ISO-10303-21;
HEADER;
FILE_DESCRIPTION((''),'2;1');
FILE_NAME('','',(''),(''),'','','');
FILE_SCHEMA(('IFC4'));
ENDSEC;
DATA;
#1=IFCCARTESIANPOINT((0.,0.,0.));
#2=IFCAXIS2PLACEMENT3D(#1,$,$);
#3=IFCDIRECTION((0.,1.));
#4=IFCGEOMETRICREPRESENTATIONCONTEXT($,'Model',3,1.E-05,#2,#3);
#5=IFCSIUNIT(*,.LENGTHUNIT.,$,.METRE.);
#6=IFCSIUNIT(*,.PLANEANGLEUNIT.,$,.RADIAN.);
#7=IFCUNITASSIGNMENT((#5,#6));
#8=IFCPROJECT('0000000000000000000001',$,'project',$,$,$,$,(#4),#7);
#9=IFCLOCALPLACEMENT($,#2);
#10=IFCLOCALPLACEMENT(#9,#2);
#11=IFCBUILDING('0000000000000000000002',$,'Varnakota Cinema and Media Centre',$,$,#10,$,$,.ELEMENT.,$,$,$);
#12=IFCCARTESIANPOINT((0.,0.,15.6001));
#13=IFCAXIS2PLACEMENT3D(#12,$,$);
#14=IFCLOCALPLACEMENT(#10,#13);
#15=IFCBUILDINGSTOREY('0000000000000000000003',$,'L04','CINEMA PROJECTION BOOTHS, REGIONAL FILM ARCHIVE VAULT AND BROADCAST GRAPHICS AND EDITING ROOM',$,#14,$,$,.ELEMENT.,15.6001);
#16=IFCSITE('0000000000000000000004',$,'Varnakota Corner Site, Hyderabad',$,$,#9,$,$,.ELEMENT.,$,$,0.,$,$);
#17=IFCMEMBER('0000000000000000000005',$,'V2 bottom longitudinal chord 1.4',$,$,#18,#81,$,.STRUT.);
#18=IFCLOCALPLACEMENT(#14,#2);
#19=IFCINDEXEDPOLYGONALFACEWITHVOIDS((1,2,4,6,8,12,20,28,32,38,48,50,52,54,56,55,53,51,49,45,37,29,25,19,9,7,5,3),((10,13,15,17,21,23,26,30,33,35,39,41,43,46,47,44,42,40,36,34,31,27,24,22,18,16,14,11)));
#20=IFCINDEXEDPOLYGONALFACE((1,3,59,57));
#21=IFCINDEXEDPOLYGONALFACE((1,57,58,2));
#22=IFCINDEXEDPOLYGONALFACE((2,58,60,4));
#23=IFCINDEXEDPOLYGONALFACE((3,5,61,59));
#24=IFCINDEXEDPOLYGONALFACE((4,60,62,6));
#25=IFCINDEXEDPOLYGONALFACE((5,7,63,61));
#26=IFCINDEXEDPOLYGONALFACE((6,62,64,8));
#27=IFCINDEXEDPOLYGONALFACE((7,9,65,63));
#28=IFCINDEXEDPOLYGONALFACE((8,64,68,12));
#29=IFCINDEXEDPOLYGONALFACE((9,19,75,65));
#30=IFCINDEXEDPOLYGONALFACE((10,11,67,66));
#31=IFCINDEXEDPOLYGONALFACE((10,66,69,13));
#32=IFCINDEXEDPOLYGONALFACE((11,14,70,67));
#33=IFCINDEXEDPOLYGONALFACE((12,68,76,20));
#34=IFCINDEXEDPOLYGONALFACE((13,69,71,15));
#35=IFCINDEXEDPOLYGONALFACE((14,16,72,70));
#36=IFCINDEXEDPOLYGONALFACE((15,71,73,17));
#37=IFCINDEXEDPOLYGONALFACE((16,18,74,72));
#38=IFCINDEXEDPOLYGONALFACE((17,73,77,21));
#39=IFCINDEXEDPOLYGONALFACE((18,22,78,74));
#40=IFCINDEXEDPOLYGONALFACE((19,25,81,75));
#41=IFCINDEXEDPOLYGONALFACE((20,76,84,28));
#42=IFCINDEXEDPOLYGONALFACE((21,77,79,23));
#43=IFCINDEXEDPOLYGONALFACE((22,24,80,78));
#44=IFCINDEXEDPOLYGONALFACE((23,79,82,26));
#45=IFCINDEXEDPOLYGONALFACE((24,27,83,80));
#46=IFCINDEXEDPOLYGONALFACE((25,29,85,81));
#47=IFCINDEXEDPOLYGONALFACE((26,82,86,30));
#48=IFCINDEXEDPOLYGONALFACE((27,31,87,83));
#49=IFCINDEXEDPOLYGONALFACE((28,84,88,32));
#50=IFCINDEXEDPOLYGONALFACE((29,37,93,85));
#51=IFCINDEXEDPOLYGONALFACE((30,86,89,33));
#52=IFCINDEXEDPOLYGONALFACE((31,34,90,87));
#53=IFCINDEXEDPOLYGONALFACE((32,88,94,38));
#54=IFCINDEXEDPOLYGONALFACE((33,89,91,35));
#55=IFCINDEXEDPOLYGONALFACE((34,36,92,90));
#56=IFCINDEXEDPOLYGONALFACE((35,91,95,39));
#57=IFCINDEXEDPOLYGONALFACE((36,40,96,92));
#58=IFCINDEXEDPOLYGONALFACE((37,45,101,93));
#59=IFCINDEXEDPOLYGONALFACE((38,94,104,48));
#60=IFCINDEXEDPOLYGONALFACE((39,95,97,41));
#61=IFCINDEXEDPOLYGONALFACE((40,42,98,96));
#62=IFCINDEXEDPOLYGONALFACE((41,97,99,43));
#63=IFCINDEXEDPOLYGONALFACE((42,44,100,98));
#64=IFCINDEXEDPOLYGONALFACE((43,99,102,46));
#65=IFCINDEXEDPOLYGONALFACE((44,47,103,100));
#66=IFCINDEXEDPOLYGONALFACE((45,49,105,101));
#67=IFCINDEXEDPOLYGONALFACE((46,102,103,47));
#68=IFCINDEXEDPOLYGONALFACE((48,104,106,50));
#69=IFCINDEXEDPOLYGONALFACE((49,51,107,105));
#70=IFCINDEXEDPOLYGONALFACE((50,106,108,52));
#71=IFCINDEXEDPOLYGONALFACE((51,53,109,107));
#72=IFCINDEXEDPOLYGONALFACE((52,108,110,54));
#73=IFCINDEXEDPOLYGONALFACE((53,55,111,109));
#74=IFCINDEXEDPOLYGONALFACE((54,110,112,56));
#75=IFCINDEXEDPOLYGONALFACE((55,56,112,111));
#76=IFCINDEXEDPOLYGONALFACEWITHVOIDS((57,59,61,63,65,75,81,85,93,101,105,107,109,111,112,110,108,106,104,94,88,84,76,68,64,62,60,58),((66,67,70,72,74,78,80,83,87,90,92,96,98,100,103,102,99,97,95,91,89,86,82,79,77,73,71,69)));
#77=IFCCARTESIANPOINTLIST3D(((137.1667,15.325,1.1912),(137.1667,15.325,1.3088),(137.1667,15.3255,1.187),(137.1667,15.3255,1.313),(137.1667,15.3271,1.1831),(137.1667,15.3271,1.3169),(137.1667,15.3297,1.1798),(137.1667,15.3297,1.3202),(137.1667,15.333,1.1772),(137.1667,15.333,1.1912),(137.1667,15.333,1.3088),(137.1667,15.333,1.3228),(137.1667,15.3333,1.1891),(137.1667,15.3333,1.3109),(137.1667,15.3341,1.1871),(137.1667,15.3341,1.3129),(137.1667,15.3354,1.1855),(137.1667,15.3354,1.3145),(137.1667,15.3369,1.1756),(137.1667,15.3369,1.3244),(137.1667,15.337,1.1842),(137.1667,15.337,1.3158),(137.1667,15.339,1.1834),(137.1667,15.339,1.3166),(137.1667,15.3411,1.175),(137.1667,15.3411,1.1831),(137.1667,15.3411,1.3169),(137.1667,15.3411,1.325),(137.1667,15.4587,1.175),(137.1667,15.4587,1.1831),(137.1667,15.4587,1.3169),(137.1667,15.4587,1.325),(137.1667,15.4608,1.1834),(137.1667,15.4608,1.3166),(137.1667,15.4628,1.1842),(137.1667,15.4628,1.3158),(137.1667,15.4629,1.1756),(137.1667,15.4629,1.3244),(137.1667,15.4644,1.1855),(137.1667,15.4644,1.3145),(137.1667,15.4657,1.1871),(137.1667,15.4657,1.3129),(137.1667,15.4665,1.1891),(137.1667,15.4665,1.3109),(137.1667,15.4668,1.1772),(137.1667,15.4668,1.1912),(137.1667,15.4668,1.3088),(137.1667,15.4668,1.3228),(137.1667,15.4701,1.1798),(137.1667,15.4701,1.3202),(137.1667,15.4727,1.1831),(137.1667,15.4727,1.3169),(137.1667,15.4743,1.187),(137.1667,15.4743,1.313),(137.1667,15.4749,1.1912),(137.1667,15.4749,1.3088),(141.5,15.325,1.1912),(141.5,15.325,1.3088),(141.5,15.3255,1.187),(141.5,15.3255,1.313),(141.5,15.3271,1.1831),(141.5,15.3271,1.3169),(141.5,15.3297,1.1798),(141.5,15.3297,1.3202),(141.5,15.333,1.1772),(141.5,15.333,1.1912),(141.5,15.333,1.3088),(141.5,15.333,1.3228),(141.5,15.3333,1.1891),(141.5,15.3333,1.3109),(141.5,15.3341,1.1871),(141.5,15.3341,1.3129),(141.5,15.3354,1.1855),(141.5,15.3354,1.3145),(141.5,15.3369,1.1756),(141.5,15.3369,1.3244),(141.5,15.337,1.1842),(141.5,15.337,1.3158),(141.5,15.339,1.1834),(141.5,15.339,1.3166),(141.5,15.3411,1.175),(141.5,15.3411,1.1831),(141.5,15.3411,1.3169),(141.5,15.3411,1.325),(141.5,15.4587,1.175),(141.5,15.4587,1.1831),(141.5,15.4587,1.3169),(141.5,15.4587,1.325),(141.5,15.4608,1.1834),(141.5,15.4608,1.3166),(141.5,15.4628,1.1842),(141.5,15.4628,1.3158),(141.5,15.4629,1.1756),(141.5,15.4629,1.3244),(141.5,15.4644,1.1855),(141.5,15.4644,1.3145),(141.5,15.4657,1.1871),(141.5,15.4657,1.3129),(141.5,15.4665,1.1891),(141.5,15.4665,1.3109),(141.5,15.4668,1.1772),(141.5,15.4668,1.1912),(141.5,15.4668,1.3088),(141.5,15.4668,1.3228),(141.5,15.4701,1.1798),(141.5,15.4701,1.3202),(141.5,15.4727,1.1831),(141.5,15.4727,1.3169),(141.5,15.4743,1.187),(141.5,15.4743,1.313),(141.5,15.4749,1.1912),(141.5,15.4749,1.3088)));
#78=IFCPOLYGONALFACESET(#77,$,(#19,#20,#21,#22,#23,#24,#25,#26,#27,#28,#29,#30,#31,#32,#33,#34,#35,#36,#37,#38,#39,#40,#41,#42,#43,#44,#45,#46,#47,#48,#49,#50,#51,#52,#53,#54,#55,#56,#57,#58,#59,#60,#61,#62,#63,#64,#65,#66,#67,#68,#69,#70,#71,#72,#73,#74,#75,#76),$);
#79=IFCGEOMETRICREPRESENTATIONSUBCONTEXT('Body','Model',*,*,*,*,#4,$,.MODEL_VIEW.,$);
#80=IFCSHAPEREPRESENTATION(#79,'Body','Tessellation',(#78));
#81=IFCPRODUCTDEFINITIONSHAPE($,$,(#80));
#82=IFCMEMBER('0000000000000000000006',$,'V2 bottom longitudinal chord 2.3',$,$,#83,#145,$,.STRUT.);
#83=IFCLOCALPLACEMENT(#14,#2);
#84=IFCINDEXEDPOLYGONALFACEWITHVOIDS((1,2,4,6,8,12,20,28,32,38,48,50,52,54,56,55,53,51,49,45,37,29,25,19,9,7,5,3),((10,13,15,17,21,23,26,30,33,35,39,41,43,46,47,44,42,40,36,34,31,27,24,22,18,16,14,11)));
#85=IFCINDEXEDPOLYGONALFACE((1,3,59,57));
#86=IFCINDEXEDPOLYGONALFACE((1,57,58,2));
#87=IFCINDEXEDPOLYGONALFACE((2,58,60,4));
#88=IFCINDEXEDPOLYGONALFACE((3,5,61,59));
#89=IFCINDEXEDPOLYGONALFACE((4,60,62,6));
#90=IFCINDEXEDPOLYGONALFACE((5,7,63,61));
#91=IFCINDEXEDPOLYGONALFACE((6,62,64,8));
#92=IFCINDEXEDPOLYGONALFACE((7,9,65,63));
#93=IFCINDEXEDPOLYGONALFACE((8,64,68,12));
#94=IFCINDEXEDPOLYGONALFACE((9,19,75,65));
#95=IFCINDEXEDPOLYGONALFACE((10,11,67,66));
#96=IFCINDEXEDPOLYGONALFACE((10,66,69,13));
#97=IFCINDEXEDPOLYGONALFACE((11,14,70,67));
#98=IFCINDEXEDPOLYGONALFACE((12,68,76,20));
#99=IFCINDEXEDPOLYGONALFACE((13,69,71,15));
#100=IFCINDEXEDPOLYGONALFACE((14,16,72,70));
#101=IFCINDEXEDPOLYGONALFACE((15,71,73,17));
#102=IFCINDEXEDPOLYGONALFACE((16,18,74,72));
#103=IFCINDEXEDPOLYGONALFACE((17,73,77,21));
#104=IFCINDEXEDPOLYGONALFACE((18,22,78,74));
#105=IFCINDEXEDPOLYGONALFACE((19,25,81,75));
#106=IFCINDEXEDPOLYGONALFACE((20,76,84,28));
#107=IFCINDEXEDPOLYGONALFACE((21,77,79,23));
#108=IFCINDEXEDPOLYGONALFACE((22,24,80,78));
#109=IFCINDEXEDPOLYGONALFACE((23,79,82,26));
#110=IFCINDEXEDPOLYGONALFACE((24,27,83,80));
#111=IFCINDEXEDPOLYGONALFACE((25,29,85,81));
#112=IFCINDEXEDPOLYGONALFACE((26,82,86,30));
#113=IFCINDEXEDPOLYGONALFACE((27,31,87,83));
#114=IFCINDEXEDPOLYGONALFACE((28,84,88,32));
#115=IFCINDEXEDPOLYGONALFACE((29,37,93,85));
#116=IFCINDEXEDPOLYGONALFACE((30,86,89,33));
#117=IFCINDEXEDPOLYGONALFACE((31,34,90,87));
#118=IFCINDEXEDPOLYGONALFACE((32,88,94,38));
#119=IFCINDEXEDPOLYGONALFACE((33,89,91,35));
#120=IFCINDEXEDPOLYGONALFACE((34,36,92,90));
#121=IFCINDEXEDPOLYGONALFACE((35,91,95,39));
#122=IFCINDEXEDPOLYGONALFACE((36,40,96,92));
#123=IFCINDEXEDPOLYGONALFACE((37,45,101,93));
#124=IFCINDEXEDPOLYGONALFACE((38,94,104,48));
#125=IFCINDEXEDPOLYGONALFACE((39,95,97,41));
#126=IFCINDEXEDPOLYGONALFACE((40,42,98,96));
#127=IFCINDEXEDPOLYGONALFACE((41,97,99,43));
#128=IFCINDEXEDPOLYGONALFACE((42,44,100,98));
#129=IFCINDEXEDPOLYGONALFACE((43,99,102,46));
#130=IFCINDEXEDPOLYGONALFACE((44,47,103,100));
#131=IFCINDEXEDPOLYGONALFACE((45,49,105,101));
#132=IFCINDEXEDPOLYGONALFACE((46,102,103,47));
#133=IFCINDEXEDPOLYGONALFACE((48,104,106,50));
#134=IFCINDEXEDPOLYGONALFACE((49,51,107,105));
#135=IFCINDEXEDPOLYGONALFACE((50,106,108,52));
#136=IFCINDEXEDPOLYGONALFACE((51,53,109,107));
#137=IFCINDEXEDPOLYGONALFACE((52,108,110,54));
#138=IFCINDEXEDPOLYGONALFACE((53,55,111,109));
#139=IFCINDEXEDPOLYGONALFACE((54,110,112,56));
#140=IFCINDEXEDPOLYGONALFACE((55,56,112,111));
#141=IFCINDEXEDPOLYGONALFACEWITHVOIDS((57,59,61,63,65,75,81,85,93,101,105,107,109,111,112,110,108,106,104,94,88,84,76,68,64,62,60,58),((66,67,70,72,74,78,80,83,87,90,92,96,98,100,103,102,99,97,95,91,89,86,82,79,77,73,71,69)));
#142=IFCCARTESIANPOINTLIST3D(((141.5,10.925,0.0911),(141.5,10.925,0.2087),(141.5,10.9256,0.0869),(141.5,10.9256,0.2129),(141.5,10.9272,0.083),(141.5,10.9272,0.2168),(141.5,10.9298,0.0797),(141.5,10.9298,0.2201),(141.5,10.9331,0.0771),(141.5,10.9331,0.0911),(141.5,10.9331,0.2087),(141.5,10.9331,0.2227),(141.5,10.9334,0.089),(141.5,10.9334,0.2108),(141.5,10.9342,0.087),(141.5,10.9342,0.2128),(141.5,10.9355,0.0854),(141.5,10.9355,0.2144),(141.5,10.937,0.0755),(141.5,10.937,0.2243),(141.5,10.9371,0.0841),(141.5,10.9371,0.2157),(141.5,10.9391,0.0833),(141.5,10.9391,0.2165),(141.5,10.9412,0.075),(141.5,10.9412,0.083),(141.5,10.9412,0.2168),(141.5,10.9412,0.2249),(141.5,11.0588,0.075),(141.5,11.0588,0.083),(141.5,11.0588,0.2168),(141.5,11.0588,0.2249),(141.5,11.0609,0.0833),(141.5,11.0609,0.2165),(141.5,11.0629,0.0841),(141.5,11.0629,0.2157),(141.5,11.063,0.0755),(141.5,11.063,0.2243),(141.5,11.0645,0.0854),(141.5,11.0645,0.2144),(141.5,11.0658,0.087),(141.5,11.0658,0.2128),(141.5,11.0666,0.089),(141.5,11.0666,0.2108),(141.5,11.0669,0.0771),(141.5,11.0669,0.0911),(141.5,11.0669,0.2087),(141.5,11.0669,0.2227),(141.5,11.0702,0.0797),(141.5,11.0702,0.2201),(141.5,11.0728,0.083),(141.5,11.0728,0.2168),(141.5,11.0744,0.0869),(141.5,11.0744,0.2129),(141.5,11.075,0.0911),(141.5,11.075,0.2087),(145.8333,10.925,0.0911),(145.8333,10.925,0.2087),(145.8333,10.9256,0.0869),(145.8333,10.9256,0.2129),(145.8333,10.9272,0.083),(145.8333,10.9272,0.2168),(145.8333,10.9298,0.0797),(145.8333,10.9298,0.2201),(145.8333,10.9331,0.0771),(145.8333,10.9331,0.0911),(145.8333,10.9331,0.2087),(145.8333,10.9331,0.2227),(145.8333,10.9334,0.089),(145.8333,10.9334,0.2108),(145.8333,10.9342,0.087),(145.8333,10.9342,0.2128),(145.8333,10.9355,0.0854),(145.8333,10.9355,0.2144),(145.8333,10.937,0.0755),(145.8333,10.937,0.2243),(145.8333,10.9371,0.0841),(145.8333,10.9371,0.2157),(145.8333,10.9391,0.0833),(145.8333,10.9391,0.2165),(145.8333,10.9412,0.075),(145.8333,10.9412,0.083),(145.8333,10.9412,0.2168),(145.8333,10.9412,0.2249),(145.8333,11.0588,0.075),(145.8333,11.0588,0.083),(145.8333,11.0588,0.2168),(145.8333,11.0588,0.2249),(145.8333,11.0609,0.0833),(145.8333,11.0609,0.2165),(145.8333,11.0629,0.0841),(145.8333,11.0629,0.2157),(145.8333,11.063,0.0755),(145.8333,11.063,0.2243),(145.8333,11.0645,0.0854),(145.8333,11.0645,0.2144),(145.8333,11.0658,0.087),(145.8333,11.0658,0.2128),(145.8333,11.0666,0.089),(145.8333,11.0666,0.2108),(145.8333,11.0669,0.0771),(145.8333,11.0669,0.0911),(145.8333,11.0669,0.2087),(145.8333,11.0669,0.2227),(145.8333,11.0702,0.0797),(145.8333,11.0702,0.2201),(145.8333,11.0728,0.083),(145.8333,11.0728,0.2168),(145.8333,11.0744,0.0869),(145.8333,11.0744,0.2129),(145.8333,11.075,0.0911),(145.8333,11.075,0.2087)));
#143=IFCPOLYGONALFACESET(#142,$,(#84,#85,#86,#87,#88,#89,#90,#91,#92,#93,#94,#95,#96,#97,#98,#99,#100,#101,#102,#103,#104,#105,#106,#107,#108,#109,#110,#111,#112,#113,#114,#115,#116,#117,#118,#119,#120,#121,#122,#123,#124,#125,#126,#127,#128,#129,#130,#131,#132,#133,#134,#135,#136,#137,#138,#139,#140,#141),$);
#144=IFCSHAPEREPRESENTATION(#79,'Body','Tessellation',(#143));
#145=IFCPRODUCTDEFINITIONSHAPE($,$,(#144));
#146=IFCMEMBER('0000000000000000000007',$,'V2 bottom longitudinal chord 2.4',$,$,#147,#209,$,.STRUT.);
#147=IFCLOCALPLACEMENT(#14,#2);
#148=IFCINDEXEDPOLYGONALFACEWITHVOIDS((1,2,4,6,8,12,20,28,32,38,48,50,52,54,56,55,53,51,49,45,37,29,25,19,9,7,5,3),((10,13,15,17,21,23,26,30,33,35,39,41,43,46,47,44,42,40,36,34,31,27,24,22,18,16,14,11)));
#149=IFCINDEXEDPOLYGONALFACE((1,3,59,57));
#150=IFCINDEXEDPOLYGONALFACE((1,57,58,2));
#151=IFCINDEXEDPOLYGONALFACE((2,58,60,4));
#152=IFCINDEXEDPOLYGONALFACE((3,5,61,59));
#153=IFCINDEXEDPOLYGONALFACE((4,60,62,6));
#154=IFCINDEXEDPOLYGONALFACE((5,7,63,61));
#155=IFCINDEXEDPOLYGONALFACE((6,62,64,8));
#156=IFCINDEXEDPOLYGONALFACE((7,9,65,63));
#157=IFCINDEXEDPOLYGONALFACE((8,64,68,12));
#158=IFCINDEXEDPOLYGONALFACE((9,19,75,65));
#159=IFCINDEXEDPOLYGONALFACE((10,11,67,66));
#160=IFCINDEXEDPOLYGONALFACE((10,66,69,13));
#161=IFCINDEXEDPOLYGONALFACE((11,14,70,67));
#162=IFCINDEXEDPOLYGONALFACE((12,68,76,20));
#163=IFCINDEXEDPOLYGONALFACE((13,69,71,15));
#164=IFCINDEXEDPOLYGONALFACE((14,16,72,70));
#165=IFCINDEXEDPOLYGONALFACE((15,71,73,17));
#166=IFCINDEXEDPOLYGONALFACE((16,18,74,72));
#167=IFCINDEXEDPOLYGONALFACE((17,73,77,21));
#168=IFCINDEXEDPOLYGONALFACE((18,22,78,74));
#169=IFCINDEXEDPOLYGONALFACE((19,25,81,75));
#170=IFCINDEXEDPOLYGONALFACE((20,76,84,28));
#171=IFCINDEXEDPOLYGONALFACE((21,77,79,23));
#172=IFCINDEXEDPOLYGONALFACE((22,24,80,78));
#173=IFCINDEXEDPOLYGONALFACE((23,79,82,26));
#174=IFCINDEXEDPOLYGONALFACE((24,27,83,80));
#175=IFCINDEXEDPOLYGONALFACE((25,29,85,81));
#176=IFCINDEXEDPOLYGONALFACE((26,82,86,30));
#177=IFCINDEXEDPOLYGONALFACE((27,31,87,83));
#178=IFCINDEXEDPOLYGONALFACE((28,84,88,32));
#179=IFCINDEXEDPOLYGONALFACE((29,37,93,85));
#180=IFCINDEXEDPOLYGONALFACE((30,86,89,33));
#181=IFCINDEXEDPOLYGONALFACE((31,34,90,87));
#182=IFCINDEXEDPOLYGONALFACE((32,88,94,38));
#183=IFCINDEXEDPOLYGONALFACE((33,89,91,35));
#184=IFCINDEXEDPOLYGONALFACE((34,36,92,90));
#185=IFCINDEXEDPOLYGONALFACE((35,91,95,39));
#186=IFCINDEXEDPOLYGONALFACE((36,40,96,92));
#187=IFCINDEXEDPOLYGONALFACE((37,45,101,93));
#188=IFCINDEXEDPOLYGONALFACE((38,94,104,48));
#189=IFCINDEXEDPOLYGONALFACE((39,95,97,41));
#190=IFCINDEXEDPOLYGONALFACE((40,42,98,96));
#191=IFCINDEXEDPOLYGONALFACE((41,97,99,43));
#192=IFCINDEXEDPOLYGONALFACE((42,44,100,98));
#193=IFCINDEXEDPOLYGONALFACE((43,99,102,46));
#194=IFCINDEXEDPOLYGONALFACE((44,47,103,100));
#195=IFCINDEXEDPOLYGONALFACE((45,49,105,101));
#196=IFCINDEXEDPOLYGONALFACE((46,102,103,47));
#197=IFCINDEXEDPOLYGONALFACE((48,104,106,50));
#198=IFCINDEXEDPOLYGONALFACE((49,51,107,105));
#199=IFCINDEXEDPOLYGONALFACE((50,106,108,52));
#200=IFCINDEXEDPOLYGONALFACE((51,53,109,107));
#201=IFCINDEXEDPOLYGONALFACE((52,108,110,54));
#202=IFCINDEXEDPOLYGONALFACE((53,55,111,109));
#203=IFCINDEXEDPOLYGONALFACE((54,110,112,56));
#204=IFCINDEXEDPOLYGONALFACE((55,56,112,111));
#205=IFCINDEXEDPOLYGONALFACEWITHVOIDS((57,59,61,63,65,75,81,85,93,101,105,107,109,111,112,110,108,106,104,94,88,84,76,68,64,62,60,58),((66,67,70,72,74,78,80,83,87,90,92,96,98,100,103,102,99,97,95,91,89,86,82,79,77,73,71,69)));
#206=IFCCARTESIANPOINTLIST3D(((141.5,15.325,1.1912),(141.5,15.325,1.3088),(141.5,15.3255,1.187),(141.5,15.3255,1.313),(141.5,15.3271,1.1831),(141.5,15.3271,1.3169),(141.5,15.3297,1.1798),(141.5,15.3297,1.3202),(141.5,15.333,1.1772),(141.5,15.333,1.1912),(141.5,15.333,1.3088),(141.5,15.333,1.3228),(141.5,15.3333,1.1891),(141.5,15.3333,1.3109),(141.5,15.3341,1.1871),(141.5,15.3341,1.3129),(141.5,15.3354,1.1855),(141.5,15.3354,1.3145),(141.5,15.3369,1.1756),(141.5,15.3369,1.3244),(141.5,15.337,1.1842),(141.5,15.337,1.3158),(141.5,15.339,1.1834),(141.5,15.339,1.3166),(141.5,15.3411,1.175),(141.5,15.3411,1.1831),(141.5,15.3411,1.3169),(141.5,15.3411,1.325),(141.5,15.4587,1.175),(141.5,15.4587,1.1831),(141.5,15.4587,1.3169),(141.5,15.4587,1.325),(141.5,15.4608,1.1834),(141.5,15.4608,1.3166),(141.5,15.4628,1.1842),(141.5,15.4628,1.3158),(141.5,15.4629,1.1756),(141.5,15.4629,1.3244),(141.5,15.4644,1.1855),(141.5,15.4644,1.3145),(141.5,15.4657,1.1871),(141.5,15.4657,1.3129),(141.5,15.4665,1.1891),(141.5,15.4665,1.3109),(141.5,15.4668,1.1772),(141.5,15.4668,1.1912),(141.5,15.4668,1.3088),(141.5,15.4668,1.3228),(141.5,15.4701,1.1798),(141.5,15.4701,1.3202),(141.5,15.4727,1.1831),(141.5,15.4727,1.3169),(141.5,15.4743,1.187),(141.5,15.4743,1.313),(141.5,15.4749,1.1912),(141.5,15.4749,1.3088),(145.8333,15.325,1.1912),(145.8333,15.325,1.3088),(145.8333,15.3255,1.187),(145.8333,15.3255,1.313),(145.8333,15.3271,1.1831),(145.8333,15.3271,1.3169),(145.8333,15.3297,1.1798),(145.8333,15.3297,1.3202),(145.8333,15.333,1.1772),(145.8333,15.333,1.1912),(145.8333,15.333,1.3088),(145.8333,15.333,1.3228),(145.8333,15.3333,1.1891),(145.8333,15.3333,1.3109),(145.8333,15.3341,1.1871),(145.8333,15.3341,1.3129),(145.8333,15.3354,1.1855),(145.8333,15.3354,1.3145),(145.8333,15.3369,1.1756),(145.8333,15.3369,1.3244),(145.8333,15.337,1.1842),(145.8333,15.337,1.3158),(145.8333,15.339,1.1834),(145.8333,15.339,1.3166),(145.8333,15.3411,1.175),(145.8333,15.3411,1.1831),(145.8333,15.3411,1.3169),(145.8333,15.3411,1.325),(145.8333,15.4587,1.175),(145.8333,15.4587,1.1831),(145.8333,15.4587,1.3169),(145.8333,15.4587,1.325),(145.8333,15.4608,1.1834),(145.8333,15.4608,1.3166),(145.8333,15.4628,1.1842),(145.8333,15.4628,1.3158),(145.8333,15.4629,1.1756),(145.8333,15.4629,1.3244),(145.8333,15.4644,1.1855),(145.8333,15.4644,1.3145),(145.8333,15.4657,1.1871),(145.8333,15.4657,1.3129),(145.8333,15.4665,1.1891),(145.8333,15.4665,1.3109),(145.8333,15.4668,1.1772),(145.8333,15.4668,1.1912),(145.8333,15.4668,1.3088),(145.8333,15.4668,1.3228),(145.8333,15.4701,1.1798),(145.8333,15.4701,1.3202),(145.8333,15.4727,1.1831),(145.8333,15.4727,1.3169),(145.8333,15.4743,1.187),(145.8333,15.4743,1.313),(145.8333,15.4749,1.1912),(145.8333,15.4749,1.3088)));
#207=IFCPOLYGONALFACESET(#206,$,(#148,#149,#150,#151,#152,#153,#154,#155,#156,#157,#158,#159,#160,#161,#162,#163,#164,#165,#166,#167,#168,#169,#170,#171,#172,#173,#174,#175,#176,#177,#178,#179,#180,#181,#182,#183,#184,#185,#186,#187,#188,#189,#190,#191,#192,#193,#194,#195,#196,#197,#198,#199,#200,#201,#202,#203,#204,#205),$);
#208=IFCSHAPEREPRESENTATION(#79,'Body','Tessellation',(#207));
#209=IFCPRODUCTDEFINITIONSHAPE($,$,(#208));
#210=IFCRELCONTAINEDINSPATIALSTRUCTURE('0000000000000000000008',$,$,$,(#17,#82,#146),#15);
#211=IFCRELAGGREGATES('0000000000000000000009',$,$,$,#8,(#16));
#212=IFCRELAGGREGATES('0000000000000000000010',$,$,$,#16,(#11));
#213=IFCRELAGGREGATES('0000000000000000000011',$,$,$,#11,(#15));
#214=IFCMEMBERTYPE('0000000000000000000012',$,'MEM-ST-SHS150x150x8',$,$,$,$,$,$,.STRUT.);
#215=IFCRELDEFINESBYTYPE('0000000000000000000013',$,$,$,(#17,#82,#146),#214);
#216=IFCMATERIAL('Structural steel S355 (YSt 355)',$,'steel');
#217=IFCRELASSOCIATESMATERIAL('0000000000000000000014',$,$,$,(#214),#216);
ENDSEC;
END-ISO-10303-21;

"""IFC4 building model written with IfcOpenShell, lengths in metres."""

from ifc_helpers import new_model, si_unit, direction, frame, origin, origin_2d, place, context, subcontext, project, spatial, hollow_rectangle, extrude, material, material_profile, profile_set, type_object, element, save


model = new_model("IFC4")

# Units and contexts
model_context = context("Model", 3, precision=1e-05, world=origin(), true_north=direction((0.0, 1.0)))
body_context = subcontext(model_context, "Body", "Model", "MODEL_VIEW")
ifc_project = project(units=[si_unit("LENGTHUNIT", "METRE"), si_unit("PLANEANGLEUNIT", "RADIAN")], contexts=[model_context])

# Site, building, storey
site_placement = place(None, origin())
site = spatial("IfcSite", under=ifc_project, at=site_placement, Name="Varnakota Corner Site, Hyderabad", CompositionType="ELEMENT", RefElevation=0.0)
building_placement = place(site_placement, origin())
building = spatial("IfcBuilding", under=site, at=building_placement, Name="Varnakota Cinema and Media Centre", CompositionType="ELEMENT")
storey_placement = place(building_placement, frame((0.0, 0.0, 15.6001)))
storey = spatial("IfcBuildingStorey", under=building, at=storey_placement, Name="L04", Description="CINEMA PROJECTION BOOTHS, REGIONAL FILM ARCHIVE VAULT AND BROADCAST GRAPHICS AND EDITING ROOM", CompositionType="ELEMENT", Elevation=15.6001)

# Members
ifc_material_1 = material(Name="Structural steel S355 (YSt 355)", Category="steel")
ifc_material_profile_1 = material_profile(ifc_material_1, hollow_rectangle(XDim=0.1499, YDim=0.1499, WallThickness=0.0081, InnerFilletRadius=0.0081, OuterFilletRadius=0.0161, at=origin_2d()), Name="SHS 150x150x8")
ifc_profile_set_1 = profile_set([ifc_material_profile_1], Name="Structural steel S355 (YSt 355)")
member_type_1 = type_object("IfcMemberType", Name="MEM-ST-SHS150x150x8", PredefinedType="STRUT", material=ifc_profile_set_1)
for number, where, z_axis, x_axis, name in (
    (1, (137.1667, 15.3999, 1.25), (1.0, 0.0, 0.0), (0.0, 1.0, 0.0), "V2 bottom longitudinal chord 1.4"),
    (2, (141.5, 11.0, 0.1499), (1.0, 0.0, 0.0), (0.0, 1.0, 0.0), "V2 bottom longitudinal chord 2.3"),
    (3, (141.5, 15.3999, 1.25), (1.0, 0.0, 0.0), (0.0, 1.0, 0.0), "V2 bottom longitudinal chord 2.4"),
):
    element("IfcMember", number, at=place(storey_placement, frame(where, z_axis=z_axis, x_axis=x_axis)), inside=storey, type_object=member_type_1, Name=name, PredefinedType="STRUT", context=body_context, shape_type="SweptSolid", body=[
        extrude(hollow_rectangle(XDim=0.1499, YDim=0.1499, WallThickness=0.0081, InnerFilletRadius=0.0081, OuterFilletRadius=0.0161, at=origin_2d()), origin(), (0.0, 0.0, 1.0), 4.3333),
    ])

save(model, "model.ifc")
